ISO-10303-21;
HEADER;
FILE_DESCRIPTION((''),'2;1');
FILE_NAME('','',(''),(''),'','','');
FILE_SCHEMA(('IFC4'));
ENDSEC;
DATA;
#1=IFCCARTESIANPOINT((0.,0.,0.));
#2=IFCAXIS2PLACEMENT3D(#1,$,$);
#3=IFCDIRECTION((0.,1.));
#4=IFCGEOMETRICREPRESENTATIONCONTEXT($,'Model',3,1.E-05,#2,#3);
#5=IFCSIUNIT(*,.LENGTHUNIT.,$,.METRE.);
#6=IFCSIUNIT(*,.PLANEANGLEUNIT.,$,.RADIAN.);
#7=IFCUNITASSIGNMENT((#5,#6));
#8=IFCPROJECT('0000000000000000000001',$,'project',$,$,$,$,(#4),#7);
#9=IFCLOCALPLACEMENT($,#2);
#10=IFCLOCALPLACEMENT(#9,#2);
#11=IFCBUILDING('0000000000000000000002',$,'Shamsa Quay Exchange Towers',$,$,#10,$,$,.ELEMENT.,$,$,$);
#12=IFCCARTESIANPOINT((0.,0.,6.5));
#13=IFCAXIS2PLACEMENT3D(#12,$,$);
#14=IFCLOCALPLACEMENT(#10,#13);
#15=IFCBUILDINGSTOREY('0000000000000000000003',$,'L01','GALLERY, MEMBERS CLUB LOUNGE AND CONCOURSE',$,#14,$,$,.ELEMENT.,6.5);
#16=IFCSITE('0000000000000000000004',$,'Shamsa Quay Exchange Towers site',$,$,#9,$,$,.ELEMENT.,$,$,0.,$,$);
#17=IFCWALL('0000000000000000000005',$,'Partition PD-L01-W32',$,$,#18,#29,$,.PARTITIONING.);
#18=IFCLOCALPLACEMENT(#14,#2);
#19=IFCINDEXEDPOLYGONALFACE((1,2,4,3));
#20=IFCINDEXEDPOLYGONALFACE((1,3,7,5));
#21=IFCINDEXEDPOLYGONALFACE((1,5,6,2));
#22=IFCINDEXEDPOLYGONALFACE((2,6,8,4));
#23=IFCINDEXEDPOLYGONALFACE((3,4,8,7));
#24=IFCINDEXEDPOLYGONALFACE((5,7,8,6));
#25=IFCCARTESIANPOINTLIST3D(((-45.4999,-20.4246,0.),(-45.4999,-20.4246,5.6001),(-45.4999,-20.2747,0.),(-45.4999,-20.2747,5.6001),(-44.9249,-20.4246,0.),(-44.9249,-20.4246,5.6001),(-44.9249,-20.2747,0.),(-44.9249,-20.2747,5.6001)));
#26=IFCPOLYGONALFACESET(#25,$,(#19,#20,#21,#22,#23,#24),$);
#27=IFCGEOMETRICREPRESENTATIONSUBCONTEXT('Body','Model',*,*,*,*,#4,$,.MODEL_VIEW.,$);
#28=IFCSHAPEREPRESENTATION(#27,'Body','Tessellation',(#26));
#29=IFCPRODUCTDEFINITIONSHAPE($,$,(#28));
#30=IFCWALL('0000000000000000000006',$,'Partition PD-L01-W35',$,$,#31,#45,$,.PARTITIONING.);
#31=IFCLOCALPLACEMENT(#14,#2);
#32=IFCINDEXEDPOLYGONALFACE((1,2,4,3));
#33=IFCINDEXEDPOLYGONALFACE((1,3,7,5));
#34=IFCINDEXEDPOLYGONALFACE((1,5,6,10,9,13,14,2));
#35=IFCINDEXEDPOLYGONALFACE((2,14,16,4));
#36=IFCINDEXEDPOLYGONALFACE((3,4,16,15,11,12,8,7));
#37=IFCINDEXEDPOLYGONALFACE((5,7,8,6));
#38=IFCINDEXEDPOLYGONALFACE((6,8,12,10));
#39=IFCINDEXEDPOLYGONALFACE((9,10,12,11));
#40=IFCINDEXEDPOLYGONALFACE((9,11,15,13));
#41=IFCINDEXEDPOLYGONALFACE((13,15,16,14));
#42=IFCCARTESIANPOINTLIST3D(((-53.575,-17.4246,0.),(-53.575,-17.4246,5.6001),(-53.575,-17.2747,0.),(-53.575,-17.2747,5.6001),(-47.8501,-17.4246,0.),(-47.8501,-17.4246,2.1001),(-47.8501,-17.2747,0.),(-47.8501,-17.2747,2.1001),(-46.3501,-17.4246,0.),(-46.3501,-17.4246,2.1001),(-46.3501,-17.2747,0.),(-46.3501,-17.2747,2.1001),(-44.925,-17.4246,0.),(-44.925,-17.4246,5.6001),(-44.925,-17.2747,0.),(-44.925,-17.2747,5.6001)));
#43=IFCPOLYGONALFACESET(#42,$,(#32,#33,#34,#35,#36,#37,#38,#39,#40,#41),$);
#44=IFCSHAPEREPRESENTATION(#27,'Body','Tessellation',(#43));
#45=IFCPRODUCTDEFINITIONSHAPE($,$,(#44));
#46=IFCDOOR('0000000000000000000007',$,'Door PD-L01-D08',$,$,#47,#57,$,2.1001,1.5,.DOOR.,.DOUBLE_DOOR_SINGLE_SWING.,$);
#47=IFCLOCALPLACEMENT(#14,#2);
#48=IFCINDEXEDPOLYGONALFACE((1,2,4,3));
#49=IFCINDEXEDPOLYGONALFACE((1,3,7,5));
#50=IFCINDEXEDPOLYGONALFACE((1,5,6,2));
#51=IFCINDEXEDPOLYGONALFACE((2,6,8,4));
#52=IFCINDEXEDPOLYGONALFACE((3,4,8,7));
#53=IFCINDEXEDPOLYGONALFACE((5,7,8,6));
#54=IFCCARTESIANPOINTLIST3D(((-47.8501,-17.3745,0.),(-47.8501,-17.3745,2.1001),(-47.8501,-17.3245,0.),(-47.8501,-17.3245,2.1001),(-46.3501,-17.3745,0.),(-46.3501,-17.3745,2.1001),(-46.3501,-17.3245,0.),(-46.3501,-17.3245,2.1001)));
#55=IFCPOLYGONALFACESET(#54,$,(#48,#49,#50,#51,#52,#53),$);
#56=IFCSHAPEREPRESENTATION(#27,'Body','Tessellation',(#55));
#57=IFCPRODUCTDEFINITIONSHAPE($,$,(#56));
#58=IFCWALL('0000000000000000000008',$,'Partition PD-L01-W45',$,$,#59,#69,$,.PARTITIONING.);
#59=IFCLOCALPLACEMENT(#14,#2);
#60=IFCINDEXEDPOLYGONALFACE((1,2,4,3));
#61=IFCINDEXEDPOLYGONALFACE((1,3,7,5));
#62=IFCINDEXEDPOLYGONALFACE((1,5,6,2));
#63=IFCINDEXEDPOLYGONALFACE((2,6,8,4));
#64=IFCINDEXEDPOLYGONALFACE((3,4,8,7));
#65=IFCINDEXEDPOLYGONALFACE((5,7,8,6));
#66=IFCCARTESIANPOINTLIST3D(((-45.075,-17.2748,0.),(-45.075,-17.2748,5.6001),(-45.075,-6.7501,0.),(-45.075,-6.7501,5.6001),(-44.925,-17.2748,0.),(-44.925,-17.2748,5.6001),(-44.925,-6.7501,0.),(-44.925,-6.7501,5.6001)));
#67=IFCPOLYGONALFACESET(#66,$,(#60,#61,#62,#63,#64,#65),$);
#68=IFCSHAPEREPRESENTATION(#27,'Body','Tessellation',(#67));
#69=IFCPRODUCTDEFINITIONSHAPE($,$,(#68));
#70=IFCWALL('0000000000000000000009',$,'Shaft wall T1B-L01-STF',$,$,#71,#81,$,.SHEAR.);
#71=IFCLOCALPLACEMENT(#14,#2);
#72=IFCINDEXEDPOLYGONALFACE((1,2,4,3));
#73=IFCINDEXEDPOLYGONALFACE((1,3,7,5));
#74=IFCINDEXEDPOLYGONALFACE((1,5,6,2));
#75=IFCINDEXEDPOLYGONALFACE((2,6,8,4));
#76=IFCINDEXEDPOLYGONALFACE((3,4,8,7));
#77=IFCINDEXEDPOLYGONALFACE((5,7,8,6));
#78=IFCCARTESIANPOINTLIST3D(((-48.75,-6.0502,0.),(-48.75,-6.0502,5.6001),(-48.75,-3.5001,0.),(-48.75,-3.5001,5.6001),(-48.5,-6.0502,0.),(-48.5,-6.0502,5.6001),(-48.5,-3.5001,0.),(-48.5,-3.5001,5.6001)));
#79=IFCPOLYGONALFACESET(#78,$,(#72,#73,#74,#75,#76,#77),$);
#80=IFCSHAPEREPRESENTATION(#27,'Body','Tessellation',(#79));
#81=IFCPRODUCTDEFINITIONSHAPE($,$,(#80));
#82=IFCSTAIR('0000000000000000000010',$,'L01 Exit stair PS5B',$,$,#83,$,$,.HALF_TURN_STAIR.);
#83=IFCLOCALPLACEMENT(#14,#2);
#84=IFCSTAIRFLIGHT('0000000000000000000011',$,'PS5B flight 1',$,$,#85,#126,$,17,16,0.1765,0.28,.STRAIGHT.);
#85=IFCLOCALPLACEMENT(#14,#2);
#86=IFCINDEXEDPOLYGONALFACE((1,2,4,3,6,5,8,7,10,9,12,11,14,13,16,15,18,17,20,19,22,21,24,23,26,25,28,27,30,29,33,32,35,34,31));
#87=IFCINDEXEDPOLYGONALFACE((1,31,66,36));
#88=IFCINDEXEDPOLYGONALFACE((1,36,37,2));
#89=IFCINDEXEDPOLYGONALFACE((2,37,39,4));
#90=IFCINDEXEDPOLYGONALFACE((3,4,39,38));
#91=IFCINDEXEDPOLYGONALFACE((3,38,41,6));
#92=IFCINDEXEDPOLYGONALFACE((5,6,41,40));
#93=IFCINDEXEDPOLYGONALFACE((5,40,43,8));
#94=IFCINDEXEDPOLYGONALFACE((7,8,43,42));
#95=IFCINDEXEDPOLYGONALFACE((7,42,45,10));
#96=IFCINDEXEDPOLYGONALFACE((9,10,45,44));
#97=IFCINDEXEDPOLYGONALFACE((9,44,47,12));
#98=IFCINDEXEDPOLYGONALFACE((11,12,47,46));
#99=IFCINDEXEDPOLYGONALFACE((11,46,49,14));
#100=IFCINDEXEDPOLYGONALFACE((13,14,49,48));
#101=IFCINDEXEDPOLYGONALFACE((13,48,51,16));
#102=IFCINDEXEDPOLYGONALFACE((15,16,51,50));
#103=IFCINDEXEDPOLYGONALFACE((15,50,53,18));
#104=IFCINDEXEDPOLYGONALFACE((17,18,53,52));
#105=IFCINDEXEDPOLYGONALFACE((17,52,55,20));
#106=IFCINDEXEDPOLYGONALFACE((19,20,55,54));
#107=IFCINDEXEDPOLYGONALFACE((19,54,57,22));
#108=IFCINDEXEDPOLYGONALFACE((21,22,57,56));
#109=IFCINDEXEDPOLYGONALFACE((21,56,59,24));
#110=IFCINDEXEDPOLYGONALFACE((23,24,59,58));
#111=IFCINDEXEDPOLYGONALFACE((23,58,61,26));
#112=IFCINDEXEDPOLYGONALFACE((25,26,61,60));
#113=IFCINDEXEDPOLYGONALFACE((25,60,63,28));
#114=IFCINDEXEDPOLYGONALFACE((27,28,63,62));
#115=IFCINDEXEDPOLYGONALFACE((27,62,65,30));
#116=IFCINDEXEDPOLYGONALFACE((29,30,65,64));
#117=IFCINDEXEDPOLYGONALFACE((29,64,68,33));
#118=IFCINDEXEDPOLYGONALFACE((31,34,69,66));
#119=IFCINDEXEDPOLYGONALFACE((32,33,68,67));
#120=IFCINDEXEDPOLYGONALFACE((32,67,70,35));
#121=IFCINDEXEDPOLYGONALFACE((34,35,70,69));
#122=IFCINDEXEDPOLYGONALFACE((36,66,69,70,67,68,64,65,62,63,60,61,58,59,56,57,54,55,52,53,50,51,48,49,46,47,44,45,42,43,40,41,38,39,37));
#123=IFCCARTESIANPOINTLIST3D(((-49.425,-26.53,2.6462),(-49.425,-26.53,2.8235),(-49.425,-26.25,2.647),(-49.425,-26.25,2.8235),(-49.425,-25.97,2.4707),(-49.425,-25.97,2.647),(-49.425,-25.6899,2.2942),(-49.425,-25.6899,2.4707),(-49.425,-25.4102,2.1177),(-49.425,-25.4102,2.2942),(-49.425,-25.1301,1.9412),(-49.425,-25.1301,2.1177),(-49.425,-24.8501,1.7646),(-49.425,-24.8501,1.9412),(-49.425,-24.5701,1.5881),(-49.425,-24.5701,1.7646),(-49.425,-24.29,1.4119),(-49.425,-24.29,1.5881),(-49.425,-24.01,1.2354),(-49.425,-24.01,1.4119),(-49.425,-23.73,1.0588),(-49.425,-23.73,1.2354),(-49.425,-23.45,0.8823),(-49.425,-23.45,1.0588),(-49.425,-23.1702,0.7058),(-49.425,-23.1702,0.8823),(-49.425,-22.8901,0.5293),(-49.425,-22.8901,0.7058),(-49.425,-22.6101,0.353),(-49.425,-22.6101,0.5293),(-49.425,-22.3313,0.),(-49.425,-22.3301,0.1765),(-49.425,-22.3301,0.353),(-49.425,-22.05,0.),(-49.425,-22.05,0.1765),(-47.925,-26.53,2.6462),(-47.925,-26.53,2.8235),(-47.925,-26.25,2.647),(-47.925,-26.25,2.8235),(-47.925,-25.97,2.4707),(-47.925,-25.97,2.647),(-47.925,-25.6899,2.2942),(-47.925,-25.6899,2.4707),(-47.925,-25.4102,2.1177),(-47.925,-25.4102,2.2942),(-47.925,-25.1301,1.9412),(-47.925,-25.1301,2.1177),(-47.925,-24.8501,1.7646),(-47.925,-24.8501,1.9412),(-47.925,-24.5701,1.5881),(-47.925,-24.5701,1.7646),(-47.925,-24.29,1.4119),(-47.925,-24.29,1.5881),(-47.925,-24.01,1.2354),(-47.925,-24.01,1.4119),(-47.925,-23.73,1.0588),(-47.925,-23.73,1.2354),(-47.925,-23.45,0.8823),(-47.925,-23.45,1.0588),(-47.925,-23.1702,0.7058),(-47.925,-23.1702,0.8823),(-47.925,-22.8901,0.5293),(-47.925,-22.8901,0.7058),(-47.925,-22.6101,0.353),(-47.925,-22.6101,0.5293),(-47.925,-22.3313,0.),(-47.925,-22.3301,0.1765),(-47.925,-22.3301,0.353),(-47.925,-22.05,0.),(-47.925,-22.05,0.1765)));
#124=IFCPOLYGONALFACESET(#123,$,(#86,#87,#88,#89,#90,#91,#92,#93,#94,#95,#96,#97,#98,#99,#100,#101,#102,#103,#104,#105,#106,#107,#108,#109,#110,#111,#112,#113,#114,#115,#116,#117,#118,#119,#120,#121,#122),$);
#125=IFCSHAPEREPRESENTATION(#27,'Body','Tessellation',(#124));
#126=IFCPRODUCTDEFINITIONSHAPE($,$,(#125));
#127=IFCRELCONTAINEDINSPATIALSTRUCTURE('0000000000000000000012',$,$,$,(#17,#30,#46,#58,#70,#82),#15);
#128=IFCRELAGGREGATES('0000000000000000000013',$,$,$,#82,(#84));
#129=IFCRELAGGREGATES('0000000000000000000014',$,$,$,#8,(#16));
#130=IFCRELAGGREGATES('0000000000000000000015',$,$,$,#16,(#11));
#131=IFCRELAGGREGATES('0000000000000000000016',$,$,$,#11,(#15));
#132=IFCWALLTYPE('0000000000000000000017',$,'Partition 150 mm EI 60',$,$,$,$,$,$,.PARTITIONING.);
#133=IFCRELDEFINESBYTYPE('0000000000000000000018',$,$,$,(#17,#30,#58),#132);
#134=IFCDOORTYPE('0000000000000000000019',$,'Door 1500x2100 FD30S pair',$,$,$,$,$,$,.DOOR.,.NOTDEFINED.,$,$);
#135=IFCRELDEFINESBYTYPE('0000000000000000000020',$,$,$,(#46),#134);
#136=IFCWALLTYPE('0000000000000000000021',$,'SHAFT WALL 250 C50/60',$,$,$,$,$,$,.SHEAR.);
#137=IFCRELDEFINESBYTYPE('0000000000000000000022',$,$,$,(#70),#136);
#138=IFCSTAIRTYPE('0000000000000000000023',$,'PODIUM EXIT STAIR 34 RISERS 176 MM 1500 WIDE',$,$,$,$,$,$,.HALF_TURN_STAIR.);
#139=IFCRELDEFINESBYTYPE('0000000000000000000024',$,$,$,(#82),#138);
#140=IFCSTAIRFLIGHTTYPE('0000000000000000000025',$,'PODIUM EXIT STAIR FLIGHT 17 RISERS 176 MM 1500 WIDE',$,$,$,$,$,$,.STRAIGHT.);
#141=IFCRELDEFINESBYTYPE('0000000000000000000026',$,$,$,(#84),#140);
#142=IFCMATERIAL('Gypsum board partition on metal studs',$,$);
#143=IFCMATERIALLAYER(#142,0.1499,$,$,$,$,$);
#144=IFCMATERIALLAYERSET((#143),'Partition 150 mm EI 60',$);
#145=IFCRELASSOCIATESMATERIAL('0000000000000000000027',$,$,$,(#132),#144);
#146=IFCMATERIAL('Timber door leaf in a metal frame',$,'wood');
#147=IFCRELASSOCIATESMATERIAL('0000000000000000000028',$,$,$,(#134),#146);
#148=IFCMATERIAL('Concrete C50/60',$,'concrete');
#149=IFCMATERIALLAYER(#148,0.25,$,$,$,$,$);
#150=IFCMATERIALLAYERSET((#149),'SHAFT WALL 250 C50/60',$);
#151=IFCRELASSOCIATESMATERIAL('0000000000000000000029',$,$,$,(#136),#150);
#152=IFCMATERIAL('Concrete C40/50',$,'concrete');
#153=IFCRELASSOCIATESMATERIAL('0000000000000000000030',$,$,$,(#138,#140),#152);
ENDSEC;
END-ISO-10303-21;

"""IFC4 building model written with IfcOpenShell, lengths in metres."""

from ifc_helpers import new_model, si_unit, direction, frame, frame_2d, origin, place, context, subcontext, project, spatial, polyline, rectangle, outline, extrude, material, layer, layer_set, type_object, element, fill, aggregate, save


model = new_model("IFC4")

# Units and contexts
model_context = context("Model", 3, precision=1e-05, world=origin(), true_north=direction((0.0, 1.0)))
body_context = subcontext(model_context, "Body", "Model", "MODEL_VIEW")
ifc_project = project(units=[si_unit("LENGTHUNIT", "METRE"), si_unit("PLANEANGLEUNIT", "RADIAN")], contexts=[model_context])

# Site, building, storey
site_placement = place(None, origin())
site = spatial("IfcSite", under=ifc_project, at=site_placement, Name="Shamsa Quay Exchange Towers site", CompositionType="ELEMENT", RefElevation=0.0)
building_placement = place(site_placement, origin())
building = spatial("IfcBuilding", under=site, at=building_placement, Name="Shamsa Quay Exchange Towers", CompositionType="ELEMENT")
storey_placement = place(building_placement, frame((0.0, 0.0, 6.5)))
storey = spatial("IfcBuildingStorey", under=building, at=storey_placement, Name="L01", Description="GALLERY, MEMBERS CLUB LOUNGE AND CONCOURSE", CompositionType="ELEMENT", Elevation=6.5)

# Shared definitions
ifc_material_1 = material(Name="Timber door leaf in a metal frame", Category="wood")

# Wall
ifc_material_2 = material(Name="Gypsum board partition on metal studs")
ifc_layer_1 = layer(ifc_material_2, 0.1499)
ifc_layer_set_1 = layer_set([ifc_layer_1], Name="Partition 150 mm EI 60")
wall_type_1 = type_object("IfcWallType", Name="Partition 150 mm EI 60", PredefinedType="PARTITIONING", material=ifc_layer_set_1)
wall_1_placement = place(storey_placement, frame((-45.5, -20.3496, 0.0)))
element("IfcWall", 1, at=wall_1_placement, inside=storey, type_object=wall_type_1, Name="Partition PD-L01-W32", PredefinedType="PARTITIONING", context=body_context, shape_type="SweptSolid", body=[
    extrude(rectangle(XDim=0.575, YDim=0.1499, at=frame_2d((0.2876, 0.0))), origin(), (0.0, 0.0, 1.0), 5.6001),
])

# Wall, opening, door
wall_2_placement = place(storey_placement, frame((-44.925, -17.3496, 0.0), z_axis=(0.0, 0.0, 1.0), x_axis=(-1.0, 0.0, 0.0)))
wall_2 = element("IfcWall", 2, at=wall_2_placement, inside=storey, type_object=wall_type_1, Name="Partition PD-L01-W35", PredefinedType="PARTITIONING", context=body_context, shape_type="SweptSolid", body=[
    extrude(rectangle(XDim=8.6499, YDim=0.1499, at=frame_2d((4.325, 0.0))), origin(), (0.0, 0.0, 1.0), 5.6001),
])
opening_1_placement = place(wall_2_placement, frame((1.425, 0.0, 0.0)))
opening_1 = element("IfcOpeningElement", 3, at=opening_1_placement, cuts=wall_2, PredefinedType="OPENING", context=body_context, shape_type="SweptSolid", body=[
    extrude(rectangle(XDim=1.5, YDim=2.1001, at=frame_2d((0.75, 1.05))), frame((0.0, 0.085, 0.0), z_axis=(0.0, -1.0, 0.0), x_axis=(1.0, 0.0, 0.0)), (0.0, 0.0, 1.0), 0.1699),
])
door_type_1 = type_object("IfcDoorType", Name="Door 1500x2100 FD30S pair", OperationType="NOTDEFINED", PredefinedType="DOOR", material=ifc_material_1)
door_1_placement = place(opening_1_placement, origin())
door_1 = element("IfcDoor", 4, at=door_1_placement, inside=storey, type_object=door_type_1, Name="Door PD-L01-D08", OperationType="DOUBLE_DOOR_SINGLE_SWING", OverallHeight=2.1001, OverallWidth=1.5, PredefinedType="DOOR", context=body_context, shape_type="SweptSolid", body=[
    extrude(rectangle(XDim=1.5, YDim=2.1001, at=frame_2d((0.75, 1.05))), frame((0.0, 0.0249, 0.0), z_axis=(0.0, -1.0, 0.0), x_axis=(1.0, 0.0, 0.0)), (0.0, 0.0, 1.0), 0.05),
])
fill(opening_1, door_1)

# Walls
wall_3_placement = place(storey_placement, frame((-45.0, -17.2747, 0.0), z_axis=(0.0, 0.0, 1.0), x_axis=(0.0, 1.0, 0.0)))
element("IfcWall", 5, at=wall_3_placement, inside=storey, type_object=wall_type_1, Name="Partition PD-L01-W45", PredefinedType="PARTITIONING", context=body_context, shape_type="SweptSolid", body=[
    extrude(rectangle(XDim=10.5247, YDim=0.1499, at=frame_2d((5.2622, 0.0))), origin(), (0.0, 0.0, 1.0), 5.6001),
])
ifc_material_3 = material(Name="Concrete C50/60", Category="concrete")
ifc_layer_2 = layer(ifc_material_3, 0.25)
ifc_layer_set_2 = layer_set([ifc_layer_2], Name="SHAFT WALL 250 C50/60")
wall_type_2 = type_object("IfcWallType", Name="SHAFT WALL 250 C50/60", PredefinedType="SHEAR", material=ifc_layer_set_2)
wall_4_placement = place(storey_placement, frame((-48.625, -6.05, 0.0), z_axis=(0.0, 0.0, 1.0), x_axis=(0.0, 1.0, 0.0)))
element("IfcWall", 6, at=wall_4_placement, inside=storey, type_object=wall_type_2, Name="Shaft wall T1B-L01-STF", PredefinedType="SHEAR", context=body_context, shape_type="SweptSolid", body=[
    extrude(rectangle(XDim=2.55, YDim=0.25, at=frame_2d((1.2749, 0.0))), origin(), (0.0, 0.0, 1.0), 5.6001),
])

# Stair, stair flight
ifc_material_4 = material(Name="Concrete C40/50", Category="concrete")
stair_type = type_object("IfcStairType", Name="PODIUM EXIT STAIR 34 RISERS 176 MM 1500 WIDE", PredefinedType="HALF_TURN_STAIR", material=ifc_material_4)
stair_placement = place(storey_placement, origin())
stair = element("IfcStair", 7, at=stair_placement, inside=storey, type_object=stair_type, Name="L01 Exit stair PS5B", PredefinedType="HALF_TURN_STAIR")
stair_flight_type = type_object("IfcStairFlightType", Name="PODIUM EXIT STAIR FLIGHT 17 RISERS 176 MM 1500 WIDE", PredefinedType="STRAIGHT", material=ifc_material_4)
stair_flight_placement = place(storey_placement, frame((-48.675, -22.05, 0.0), z_axis=(0.0, 0.0, 1.0), x_axis=(0.0, -1.0, 0.0)))
stair_flight = element("IfcStairFlight", 8, at=stair_flight_placement, type_object=stair_flight_type, Name="PS5B flight 1", NumberOfRisers=17, NumberOfTreads=16, PredefinedType="STRAIGHT", RiserHeight=0.1765, TreadLength=0.28, context=body_context, shape_type="SweptSolid", body=[
    extrude(outline(polyline([(0.0, 0.0), (0.0, 0.1765), (0.28, 0.1765), (0.28, 0.353), (0.5601, 0.353), (0.5601, 0.5293), (0.8401, 0.5293), (0.8401, 0.7058), (1.1201, 0.7058), (1.1201, 0.8823), (1.3999, 0.8823), (1.3999, 1.0588), (1.6799, 1.0588), (1.6799, 1.2354), (1.96, 1.2354), (1.96, 1.4119), (2.24, 1.4119), (2.24, 1.5881), (2.52, 1.5881), (2.52, 1.7646), (2.8, 1.7646), (2.8, 1.9412), (3.0801, 1.9412), (3.0801, 2.1177), (3.3601, 2.1177), (3.3601, 2.2942), (3.6399, 2.2942), (3.6399, 2.4707), (3.9199, 2.4707), (3.9199, 2.647), (4.2, 2.647), (4.2, 2.8235), (4.48, 2.8235), (4.48, 3.0), (4.48, 2.6462), (0.2812, 0.0), (0.0, 0.0)])), frame((0.0, 0.75, 0.0), z_axis=(0.0, -1.0, 0.0), x_axis=(1.0, 0.0, 0.0)), (0.0, 0.0, 1.0), 1.5),
])
aggregate(stair, [stair_flight])

save(model, "model.ifc")
